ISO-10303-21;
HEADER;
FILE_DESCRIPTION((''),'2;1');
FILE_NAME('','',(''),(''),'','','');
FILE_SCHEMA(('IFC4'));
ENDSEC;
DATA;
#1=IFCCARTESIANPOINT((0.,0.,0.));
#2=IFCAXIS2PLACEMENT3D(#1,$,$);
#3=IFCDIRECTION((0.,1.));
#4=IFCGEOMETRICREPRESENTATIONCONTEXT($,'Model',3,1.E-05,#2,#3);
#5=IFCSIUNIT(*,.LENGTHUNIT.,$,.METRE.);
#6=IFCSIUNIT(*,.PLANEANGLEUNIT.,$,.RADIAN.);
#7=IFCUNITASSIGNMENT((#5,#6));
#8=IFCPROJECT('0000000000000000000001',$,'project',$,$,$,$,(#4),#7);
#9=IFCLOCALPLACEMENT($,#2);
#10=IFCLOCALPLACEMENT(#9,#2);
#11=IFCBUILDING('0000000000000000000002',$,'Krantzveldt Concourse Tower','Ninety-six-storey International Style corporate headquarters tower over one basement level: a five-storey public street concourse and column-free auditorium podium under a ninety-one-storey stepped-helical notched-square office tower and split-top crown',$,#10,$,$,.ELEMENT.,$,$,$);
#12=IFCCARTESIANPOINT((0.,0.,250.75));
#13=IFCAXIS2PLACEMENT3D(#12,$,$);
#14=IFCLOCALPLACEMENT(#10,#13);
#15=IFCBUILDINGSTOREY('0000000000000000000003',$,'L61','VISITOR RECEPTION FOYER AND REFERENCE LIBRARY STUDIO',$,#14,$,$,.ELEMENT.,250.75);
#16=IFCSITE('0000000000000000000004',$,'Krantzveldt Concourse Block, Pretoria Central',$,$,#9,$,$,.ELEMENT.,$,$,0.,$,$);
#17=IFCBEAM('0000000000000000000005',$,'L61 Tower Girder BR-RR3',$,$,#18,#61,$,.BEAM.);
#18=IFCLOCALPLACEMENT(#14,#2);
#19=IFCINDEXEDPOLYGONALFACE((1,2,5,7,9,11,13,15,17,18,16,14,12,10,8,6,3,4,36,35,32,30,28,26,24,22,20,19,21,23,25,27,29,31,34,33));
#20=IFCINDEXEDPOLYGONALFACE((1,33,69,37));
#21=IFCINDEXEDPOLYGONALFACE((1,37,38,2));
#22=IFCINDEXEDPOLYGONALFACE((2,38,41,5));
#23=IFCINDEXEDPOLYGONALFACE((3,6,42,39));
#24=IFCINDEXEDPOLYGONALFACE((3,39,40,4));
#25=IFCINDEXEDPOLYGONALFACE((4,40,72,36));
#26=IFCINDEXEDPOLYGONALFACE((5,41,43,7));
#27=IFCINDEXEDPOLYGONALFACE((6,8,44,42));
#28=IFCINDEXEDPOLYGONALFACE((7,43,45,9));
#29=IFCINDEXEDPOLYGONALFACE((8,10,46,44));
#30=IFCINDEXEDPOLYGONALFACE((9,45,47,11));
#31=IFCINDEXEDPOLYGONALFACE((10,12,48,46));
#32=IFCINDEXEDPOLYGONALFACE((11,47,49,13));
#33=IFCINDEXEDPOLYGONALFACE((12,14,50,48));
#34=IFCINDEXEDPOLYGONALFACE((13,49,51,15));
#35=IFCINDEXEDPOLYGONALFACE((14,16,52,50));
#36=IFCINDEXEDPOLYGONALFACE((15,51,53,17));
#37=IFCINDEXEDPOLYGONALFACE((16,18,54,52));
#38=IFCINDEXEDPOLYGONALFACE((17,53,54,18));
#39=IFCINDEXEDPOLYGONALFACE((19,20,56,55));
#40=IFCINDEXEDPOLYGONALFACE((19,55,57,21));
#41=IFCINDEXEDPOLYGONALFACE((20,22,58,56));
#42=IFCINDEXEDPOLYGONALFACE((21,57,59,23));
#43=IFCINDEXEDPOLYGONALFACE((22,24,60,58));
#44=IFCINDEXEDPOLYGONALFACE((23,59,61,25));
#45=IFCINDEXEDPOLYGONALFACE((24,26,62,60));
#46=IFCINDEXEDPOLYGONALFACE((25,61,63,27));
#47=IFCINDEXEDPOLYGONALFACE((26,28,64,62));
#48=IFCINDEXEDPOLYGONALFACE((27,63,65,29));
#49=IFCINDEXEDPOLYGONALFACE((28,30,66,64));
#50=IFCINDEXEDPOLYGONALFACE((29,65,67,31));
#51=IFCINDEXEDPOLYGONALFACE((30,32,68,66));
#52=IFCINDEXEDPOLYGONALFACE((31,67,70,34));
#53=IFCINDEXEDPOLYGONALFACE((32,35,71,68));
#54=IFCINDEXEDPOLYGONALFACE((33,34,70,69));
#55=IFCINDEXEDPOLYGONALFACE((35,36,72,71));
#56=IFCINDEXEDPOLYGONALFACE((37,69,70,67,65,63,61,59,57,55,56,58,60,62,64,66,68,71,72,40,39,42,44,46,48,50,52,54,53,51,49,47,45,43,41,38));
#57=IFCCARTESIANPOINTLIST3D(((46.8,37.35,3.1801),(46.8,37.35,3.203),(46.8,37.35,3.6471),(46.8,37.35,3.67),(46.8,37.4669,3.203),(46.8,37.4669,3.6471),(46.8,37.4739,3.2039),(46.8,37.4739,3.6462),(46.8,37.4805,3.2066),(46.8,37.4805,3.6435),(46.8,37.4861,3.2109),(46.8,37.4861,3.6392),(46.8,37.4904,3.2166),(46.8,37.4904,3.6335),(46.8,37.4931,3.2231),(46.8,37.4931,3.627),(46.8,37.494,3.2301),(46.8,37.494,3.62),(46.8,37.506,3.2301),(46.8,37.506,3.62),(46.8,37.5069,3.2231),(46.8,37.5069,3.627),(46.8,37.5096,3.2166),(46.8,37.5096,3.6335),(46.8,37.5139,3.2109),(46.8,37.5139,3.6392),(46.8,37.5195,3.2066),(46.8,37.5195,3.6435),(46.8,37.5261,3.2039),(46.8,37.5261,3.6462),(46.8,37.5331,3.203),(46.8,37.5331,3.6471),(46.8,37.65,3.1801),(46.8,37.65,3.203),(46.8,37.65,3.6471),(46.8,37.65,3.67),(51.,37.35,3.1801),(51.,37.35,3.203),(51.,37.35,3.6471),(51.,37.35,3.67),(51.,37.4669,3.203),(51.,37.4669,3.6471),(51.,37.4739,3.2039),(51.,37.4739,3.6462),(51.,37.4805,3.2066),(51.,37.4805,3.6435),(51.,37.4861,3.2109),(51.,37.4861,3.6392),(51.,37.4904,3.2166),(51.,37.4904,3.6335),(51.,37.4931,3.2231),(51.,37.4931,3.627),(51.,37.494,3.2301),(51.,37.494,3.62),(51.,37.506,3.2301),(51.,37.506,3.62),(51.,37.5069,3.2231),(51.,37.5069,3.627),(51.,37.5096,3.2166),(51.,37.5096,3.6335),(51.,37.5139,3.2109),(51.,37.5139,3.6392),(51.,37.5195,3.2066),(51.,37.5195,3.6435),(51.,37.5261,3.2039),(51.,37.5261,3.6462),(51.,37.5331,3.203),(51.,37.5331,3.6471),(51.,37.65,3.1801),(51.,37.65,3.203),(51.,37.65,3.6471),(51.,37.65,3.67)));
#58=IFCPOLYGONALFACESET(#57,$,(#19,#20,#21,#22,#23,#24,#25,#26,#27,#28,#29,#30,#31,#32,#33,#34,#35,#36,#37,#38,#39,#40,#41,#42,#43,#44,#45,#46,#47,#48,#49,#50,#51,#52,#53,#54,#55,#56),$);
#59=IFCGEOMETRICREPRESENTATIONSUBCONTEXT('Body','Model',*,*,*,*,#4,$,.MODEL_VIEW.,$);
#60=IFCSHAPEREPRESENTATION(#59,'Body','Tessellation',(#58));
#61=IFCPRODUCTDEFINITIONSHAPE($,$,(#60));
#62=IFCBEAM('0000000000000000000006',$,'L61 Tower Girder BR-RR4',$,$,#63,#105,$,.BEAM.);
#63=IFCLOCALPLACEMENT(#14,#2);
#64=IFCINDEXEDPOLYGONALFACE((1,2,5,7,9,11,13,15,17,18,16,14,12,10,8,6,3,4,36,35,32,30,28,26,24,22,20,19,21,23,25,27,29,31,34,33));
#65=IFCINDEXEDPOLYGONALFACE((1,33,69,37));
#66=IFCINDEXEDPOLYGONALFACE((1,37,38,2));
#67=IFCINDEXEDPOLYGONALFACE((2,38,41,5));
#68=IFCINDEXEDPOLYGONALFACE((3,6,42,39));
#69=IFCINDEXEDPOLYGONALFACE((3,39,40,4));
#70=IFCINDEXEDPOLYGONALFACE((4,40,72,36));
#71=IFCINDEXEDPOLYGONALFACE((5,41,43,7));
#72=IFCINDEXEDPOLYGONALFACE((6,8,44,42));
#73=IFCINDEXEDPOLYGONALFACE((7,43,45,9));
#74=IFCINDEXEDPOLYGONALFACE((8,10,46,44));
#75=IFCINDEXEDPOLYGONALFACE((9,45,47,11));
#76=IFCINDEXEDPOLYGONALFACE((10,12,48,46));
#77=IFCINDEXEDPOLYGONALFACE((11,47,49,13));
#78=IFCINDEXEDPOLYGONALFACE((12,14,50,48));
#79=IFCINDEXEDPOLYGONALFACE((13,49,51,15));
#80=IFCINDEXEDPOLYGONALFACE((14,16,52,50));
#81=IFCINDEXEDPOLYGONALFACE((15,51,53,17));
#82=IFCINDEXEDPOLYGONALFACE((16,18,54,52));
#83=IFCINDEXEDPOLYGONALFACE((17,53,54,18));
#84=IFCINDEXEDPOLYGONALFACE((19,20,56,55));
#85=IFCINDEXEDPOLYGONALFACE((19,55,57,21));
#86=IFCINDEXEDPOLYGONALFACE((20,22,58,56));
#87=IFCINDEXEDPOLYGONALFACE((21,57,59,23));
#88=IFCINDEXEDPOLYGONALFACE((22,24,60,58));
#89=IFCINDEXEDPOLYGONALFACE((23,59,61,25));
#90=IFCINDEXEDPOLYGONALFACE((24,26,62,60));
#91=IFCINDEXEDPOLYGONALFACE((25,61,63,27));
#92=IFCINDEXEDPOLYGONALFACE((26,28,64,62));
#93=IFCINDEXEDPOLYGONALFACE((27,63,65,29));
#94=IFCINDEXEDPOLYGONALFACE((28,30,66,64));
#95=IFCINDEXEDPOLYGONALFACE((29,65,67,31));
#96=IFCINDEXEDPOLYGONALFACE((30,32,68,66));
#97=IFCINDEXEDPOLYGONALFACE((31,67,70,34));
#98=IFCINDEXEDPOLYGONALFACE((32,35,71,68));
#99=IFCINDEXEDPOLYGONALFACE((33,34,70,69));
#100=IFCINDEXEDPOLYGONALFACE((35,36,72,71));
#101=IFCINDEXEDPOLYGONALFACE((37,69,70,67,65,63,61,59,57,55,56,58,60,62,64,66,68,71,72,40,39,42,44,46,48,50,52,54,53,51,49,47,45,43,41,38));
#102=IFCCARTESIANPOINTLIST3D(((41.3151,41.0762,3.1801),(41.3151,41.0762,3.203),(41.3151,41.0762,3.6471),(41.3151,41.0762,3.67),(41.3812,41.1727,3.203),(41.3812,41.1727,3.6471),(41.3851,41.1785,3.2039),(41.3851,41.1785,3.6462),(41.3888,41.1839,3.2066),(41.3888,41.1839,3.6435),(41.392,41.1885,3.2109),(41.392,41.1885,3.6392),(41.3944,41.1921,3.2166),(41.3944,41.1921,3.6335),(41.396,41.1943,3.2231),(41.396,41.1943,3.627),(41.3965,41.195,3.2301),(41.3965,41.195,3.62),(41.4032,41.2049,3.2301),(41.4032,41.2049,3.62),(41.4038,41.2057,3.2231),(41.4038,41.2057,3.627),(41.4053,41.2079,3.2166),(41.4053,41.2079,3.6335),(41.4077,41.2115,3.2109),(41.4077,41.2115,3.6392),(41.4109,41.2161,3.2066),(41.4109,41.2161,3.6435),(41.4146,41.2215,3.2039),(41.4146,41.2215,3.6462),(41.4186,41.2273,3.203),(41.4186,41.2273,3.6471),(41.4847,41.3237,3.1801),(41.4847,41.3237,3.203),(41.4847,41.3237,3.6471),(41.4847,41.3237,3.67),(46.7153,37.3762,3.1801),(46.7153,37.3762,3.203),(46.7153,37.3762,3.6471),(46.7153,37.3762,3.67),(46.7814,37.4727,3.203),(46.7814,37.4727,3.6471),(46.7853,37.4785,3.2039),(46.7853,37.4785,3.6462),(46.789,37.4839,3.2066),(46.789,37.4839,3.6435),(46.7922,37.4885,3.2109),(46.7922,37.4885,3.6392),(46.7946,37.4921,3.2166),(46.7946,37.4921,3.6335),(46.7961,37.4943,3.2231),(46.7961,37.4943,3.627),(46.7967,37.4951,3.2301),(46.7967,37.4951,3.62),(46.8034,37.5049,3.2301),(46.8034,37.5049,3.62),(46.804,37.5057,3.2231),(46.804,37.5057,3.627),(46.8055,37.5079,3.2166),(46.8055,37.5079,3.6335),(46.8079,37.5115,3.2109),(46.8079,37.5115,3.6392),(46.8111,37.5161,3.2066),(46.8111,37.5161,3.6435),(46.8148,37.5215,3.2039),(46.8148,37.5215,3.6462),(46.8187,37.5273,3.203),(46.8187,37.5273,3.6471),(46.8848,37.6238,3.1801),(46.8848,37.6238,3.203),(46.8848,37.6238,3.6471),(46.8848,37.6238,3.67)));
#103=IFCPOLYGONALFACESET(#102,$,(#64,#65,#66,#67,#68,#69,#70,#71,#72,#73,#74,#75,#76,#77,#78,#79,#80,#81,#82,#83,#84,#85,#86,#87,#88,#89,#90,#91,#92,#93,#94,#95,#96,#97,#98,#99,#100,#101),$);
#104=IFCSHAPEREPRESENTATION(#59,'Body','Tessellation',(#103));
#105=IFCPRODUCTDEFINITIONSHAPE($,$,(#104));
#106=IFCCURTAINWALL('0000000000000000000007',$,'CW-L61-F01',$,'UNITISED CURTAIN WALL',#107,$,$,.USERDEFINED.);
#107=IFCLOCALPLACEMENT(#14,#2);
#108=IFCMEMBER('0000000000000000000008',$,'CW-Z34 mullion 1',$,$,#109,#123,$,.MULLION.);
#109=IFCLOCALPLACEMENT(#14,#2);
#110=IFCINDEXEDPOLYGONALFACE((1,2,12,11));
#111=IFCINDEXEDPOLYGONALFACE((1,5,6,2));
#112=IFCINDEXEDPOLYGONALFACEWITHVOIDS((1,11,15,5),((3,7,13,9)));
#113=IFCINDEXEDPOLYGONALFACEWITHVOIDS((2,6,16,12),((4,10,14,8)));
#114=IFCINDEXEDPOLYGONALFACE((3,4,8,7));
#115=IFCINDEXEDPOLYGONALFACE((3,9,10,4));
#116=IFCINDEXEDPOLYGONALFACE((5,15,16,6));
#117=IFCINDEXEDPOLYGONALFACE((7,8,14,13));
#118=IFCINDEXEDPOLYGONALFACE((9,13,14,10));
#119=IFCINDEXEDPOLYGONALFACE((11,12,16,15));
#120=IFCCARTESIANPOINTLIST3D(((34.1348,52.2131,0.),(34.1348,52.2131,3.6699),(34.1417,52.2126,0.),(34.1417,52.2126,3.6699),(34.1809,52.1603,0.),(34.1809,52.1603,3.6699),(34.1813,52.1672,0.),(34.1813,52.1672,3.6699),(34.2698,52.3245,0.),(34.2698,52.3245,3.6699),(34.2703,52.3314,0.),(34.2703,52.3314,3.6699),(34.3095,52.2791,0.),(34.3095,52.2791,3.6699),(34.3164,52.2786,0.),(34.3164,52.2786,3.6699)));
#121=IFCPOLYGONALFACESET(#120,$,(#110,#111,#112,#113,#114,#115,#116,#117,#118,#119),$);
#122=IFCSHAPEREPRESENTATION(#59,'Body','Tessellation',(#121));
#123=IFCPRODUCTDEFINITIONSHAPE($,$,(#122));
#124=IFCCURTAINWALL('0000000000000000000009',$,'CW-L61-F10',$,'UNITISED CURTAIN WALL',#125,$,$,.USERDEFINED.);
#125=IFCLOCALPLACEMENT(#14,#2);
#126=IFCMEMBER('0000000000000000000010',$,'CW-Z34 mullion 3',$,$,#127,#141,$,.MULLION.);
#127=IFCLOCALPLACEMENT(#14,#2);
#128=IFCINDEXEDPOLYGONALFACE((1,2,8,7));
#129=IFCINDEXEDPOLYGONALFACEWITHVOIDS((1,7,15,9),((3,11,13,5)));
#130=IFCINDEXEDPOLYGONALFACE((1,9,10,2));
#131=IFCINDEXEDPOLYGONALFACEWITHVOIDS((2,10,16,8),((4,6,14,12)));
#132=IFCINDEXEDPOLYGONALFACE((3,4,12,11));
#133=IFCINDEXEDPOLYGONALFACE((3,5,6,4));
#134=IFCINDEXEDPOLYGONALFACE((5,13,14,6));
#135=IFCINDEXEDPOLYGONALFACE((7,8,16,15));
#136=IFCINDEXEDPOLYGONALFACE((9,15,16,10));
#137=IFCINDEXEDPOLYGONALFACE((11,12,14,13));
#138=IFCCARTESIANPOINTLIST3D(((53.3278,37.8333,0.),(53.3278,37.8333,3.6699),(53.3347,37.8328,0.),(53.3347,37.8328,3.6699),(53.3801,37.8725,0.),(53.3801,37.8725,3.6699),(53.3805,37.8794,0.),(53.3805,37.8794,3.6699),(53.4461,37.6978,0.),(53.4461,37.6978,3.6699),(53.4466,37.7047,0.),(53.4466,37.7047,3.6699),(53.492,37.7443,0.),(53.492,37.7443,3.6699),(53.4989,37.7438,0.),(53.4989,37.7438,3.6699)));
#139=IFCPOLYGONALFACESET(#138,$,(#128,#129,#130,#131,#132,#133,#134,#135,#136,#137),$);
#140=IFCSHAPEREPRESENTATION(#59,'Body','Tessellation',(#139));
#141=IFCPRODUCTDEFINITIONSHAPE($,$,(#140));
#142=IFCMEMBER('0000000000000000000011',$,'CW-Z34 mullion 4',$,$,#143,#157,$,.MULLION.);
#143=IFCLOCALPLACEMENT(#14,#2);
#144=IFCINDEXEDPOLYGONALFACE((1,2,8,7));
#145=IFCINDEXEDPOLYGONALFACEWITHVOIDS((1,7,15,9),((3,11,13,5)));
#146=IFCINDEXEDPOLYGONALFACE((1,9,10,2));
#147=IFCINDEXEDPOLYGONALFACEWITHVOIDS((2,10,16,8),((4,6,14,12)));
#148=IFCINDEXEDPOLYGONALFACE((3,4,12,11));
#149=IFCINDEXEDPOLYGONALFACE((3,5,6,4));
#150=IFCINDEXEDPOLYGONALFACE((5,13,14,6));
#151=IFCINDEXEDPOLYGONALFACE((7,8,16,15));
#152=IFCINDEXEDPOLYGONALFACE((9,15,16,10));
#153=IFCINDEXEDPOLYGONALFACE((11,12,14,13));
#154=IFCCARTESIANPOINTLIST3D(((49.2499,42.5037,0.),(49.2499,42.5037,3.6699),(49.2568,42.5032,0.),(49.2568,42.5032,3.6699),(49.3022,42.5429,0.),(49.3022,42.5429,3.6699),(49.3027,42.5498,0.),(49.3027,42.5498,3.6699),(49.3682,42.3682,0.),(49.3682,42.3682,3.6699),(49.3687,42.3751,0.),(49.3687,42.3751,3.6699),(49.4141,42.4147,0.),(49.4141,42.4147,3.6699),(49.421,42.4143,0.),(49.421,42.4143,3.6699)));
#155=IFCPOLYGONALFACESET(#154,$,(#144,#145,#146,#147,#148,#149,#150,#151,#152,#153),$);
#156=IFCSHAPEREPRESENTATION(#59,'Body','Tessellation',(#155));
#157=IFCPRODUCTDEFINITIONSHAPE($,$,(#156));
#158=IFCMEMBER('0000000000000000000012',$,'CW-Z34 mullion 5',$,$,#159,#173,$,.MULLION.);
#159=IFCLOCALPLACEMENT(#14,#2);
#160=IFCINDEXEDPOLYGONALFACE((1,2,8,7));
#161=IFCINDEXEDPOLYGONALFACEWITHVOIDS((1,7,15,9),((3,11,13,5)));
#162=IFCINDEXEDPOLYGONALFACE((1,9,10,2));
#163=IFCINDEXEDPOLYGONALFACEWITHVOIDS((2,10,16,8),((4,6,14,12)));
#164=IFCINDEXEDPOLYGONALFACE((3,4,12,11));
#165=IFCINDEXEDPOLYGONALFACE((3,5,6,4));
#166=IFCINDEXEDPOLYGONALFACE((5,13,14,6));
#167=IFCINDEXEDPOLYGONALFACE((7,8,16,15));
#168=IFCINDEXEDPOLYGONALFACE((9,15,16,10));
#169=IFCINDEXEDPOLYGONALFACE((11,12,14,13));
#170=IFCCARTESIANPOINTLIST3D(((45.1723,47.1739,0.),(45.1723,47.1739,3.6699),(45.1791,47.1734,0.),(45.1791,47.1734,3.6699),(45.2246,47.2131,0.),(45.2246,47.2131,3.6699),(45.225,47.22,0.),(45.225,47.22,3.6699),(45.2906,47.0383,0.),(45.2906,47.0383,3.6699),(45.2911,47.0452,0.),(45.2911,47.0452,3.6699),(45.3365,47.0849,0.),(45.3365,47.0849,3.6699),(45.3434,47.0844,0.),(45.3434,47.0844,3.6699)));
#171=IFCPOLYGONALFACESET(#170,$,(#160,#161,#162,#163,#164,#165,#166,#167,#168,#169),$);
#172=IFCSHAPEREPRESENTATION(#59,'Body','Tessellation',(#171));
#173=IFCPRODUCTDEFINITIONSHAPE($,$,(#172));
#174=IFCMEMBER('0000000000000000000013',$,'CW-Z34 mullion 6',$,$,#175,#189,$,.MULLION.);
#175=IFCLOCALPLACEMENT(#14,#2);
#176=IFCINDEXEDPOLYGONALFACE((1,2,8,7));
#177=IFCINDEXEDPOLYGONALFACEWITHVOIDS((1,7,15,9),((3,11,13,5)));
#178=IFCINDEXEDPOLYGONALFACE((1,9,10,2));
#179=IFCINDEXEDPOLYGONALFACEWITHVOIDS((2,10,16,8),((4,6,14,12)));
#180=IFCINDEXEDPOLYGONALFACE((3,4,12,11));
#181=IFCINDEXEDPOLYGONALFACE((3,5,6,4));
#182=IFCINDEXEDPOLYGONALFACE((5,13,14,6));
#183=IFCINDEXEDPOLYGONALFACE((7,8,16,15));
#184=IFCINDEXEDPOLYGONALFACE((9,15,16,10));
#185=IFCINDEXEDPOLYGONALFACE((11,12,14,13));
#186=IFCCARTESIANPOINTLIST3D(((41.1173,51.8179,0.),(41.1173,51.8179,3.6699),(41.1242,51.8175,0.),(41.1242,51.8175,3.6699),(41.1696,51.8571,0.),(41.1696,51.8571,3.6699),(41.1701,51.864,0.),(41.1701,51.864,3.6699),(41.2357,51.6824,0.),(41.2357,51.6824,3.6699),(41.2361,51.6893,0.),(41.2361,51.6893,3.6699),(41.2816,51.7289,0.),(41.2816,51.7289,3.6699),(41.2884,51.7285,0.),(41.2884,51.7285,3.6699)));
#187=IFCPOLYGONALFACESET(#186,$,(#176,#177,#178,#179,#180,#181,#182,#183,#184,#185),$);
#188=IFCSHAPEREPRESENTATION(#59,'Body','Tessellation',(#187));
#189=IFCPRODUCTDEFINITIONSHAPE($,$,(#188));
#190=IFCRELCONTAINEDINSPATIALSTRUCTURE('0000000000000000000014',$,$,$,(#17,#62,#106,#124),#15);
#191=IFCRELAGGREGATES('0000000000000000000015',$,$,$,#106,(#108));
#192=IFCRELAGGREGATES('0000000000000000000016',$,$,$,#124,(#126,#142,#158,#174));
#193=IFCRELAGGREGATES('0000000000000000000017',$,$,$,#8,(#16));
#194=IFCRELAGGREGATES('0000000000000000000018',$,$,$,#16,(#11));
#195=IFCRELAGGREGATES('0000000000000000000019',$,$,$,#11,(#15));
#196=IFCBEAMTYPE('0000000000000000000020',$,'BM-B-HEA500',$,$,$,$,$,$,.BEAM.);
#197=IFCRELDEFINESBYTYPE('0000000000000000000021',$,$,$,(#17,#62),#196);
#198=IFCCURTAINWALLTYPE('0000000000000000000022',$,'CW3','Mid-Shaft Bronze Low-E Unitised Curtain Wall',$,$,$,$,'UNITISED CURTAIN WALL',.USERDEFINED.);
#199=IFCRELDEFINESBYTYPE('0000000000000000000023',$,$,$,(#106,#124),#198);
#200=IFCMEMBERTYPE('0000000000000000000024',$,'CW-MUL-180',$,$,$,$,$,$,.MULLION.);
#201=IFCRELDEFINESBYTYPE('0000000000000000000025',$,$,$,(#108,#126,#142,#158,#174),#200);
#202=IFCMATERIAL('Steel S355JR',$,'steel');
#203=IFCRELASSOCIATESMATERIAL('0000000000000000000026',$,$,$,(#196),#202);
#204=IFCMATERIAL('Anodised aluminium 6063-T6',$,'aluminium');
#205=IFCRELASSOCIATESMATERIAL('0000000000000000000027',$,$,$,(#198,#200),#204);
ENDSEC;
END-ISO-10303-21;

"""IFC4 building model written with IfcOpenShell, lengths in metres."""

from ifc_helpers import new_model, si_unit, direction, frame, origin, origin_2d, place, context, subcontext, project, spatial, hollow_rectangle, i_section, extrude, source, transform, mapped, material, material_profile, profile_set, type_object, type_shapes, element, aggregate, save


model = new_model("IFC4")

# Units and contexts
model_context = context("Model", 3, precision=1e-05, world=origin(), true_north=direction((0.0, 1.0)))
body_context = subcontext(model_context, "Body", "Model", "MODEL_VIEW")
ifc_project = project(units=[si_unit("LENGTHUNIT", "METRE"), si_unit("PLANEANGLEUNIT", "RADIAN")], contexts=[model_context])

# Site, building, storey
site_placement = place(None, origin())
site = spatial("IfcSite", under=ifc_project, at=site_placement, Name="Krantzveldt Concourse Block, Pretoria Central", CompositionType="ELEMENT", RefElevation=0.0)
building_placement = place(site_placement, origin())
building = spatial("IfcBuilding", under=site, at=building_placement, Name="Krantzveldt Concourse Tower", Description="Ninety-six-storey International Style corporate headquarters tower over one basement level: a five-storey public street concourse and column-free auditorium podium under a ninety-one-storey stepped-helical notched-square office tower and split-top crown", CompositionType="ELEMENT")
storey_placement = place(building_placement, frame((0.0, 0.0, 250.75)))
storey = spatial("IfcBuildingStorey", under=building, at=storey_placement, Name="L61", Description="VISITOR RECEPTION FOYER AND REFERENCE LIBRARY STUDIO", CompositionType="ELEMENT", Elevation=250.75)

# Beams
ifc_material_1 = material(Name="Steel S355JR", Category="steel")
ifc_material_profile_1 = material_profile(ifc_material_1, i_section(OverallWidth=0.3, OverallDepth=0.49, WebThickness=0.012, FlangeThickness=0.0229, FilletRadius=0.0271, at=origin_2d()), Name="Steel S355JR", Category="steel")
ifc_profile_set_1 = profile_set([ifc_material_profile_1], Name="Steel S355JR - HEA 500")
beam_type_1 = type_object("IfcBeamType", Name="BM-B-HEA500", PredefinedType="BEAM", material=ifc_profile_set_1)
shared_shape_1 = source(origin(), body_context, "Body", "SweptSolid", [
    extrude(i_section(OverallWidth=0.3, OverallDepth=0.49, WebThickness=0.012, FlangeThickness=0.0229, FilletRadius=0.0271, at=origin_2d()), origin(), (0.0, 0.0, 1.0), 4.2),
])
beam_1_placement = place(storey_placement, frame((46.8, 37.5, 3.425), z_axis=(1.0, 0.0, 0.0), x_axis=(0.0, 1.0, 0.0)))
element("IfcBeam", 1, at=beam_1_placement, inside=storey, type_object=beam_type_1, Name="L61 Tower Girder BR-RR3", PredefinedType="BEAM", context=body_context, shape_type="MappedRepresentation", body=[
    mapped(shared_shape_1, transform((0.0, 0.0, 0.0), x_axis=(1.0, 0.0, 0.0), y_axis=(0.0, 1.0, 0.0), z_axis=(0.0, 0.0, 1.0), scale=1.0)),
])
shared_shape_2 = source(origin(), body_context, "Body", "SweptSolid", [
    extrude(i_section(OverallWidth=0.3, OverallDepth=0.49, WebThickness=0.012, FlangeThickness=0.0229, FilletRadius=0.0271, at=origin_2d()), origin(), (0.0, 0.0, 1.0), 6.5461),
])
type_shapes(beam_type_1, [shared_shape_1, shared_shape_2])
beam_2_placement = place(storey_placement, frame((46.8, 37.5, 3.425), z_axis=(-0.824943, 0.565216, 0.0), x_axis=(-0.565216, -0.824943, 0.0)))
element("IfcBeam", 2, at=beam_2_placement, inside=storey, type_object=beam_type_1, Name="L61 Tower Girder BR-RR4", PredefinedType="BEAM", context=body_context, shape_type="MappedRepresentation", body=[
    mapped(shared_shape_2, transform((0.0, 0.0, 0.0), x_axis=(1.0, 0.0, 0.0), y_axis=(0.0, 1.0, 0.0), z_axis=(0.0, 0.0, 1.0), scale=1.0)),
])

# Curtain wall, member
ifc_material_2 = material(Name="Anodised aluminium 6063-T6", Category="aluminium")
curtain_wall_type = type_object("IfcCurtainWallType", Name="CW3", Description="Mid-Shaft Bronze Low-E Unitised Curtain Wall", ElementType="UNITISED CURTAIN WALL", PredefinedType="USERDEFINED", material=ifc_material_2)
curtain_wall_1_placement = place(storey_placement, origin())
curtain_wall_1 = element("IfcCurtainWall", 3, at=curtain_wall_1_placement, inside=storey, type_object=curtain_wall_type, Name="CW-L61-F01", ObjectType="UNITISED CURTAIN WALL", PredefinedType="USERDEFINED")
ifc_material_profile_2 = material_profile(ifc_material_2, hollow_rectangle(XDim=0.0701, YDim=0.1799, WallThickness=0.0049, at=origin_2d()), Name="Anodised aluminium 6063-T6", Category="aluminium")
ifc_profile_set_2 = profile_set([ifc_material_profile_2], Name="Anodised aluminium 6063-T6 - ALU-MULL 180x70x5")
member_type_1 = type_object("IfcMemberType", Name="CW-MUL-180", PredefinedType="MULLION", material=ifc_profile_set_2)
shared_shape_3 = source(origin(), body_context, "Body", "SweptSolid", [
    extrude(hollow_rectangle(XDim=0.0701, YDim=0.1799, WallThickness=0.0049, at=origin_2d()), origin(), (0.0, 0.0, 1.0), 3.6699),
])
type_shapes(member_type_1, [shared_shape_3])
member_1_placement = place(storey_placement, frame((34.2256, 52.2458, 0.0), z_axis=(0.0, 0.0, 1.0), x_axis=(0.657704, -0.753277, 0.0)))
member_1 = element("IfcMember", 4, at=member_1_placement, type_object=member_type_1, Name="CW-Z34 mullion 1", PredefinedType="MULLION", context=body_context, shape_type="MappedRepresentation", body=[
    mapped(shared_shape_3, transform((0.0, 0.0, 0.0), x_axis=(1.0, 0.0, 0.0), y_axis=(0.0, 1.0, 0.0), z_axis=(0.0, 0.0, 1.0), scale=1.0)),
])

# Curtain wall, members
curtain_wall_2_placement = place(storey_placement, origin())
curtain_wall_2 = element("IfcCurtainWall", 5, at=curtain_wall_2_placement, inside=storey, type_object=curtain_wall_type, Name="CW-L61-F10", ObjectType="UNITISED CURTAIN WALL", PredefinedType="USERDEFINED")
member_2_placement = place(storey_placement, frame((53.4133, 37.7886, 0.0), z_axis=(0.0, 0.0, 1.0), x_axis=(-0.753277, -0.657704, 0.0)))
member_2 = element("IfcMember", 6, at=member_2_placement, type_object=member_type_1, Name="CW-Z34 mullion 3", PredefinedType="MULLION", context=body_context, shape_type="MappedRepresentation", body=[
    mapped(shared_shape_3, transform((0.0, 0.0, 0.0), x_axis=(1.0, 0.0, 0.0), y_axis=(0.0, 1.0, 0.0), z_axis=(0.0, 0.0, 1.0), scale=1.0)),
])
member_3_placement = place(storey_placement, frame((49.3354, 42.459, 0.0), z_axis=(0.0, 0.0, 1.0), x_axis=(-0.753277, -0.657704, 0.0)))
member_3 = element("IfcMember", 7, at=member_3_placement, type_object=member_type_1, Name="CW-Z34 mullion 4", PredefinedType="MULLION", context=body_context, shape_type="MappedRepresentation", body=[
    mapped(shared_shape_3, transform((0.0, 0.0, 0.0), x_axis=(1.0, 0.0, 0.0), y_axis=(0.0, 1.0, 0.0), z_axis=(0.0, 0.0, 1.0), scale=1.0)),
])
member_4_placement = place(storey_placement, frame((45.2578, 47.1292, 0.0), z_axis=(0.0, 0.0, 1.0), x_axis=(-0.753277, -0.657704, 0.0)))
member_4 = element("IfcMember", 8, at=member_4_placement, type_object=member_type_1, Name="CW-Z34 mullion 5", PredefinedType="MULLION", context=body_context, shape_type="MappedRepresentation", body=[
    mapped(shared_shape_3, transform((0.0, 0.0, 0.0), x_axis=(1.0, 0.0, 0.0), y_axis=(0.0, 1.0, 0.0), z_axis=(0.0, 0.0, 1.0), scale=1.0)),
])
member_5_placement = place(storey_placement, frame((41.2029, 51.7732, 0.0), z_axis=(0.0, 0.0, 1.0), x_axis=(-0.753277, -0.657704, 0.0)))
member_5 = element("IfcMember", 9, at=member_5_placement, type_object=member_type_1, Name="CW-Z34 mullion 6", PredefinedType="MULLION", context=body_context, shape_type="MappedRepresentation", body=[
    mapped(shared_shape_3, transform((0.0, 0.0, 0.0), x_axis=(1.0, 0.0, 0.0), y_axis=(0.0, 1.0, 0.0), z_axis=(0.0, 0.0, 1.0), scale=1.0)),
])

aggregate(curtain_wall_1, [member_1])

aggregate(curtain_wall_2, [member_2, member_3, member_4, member_5])

save(model, "model.ifc")
